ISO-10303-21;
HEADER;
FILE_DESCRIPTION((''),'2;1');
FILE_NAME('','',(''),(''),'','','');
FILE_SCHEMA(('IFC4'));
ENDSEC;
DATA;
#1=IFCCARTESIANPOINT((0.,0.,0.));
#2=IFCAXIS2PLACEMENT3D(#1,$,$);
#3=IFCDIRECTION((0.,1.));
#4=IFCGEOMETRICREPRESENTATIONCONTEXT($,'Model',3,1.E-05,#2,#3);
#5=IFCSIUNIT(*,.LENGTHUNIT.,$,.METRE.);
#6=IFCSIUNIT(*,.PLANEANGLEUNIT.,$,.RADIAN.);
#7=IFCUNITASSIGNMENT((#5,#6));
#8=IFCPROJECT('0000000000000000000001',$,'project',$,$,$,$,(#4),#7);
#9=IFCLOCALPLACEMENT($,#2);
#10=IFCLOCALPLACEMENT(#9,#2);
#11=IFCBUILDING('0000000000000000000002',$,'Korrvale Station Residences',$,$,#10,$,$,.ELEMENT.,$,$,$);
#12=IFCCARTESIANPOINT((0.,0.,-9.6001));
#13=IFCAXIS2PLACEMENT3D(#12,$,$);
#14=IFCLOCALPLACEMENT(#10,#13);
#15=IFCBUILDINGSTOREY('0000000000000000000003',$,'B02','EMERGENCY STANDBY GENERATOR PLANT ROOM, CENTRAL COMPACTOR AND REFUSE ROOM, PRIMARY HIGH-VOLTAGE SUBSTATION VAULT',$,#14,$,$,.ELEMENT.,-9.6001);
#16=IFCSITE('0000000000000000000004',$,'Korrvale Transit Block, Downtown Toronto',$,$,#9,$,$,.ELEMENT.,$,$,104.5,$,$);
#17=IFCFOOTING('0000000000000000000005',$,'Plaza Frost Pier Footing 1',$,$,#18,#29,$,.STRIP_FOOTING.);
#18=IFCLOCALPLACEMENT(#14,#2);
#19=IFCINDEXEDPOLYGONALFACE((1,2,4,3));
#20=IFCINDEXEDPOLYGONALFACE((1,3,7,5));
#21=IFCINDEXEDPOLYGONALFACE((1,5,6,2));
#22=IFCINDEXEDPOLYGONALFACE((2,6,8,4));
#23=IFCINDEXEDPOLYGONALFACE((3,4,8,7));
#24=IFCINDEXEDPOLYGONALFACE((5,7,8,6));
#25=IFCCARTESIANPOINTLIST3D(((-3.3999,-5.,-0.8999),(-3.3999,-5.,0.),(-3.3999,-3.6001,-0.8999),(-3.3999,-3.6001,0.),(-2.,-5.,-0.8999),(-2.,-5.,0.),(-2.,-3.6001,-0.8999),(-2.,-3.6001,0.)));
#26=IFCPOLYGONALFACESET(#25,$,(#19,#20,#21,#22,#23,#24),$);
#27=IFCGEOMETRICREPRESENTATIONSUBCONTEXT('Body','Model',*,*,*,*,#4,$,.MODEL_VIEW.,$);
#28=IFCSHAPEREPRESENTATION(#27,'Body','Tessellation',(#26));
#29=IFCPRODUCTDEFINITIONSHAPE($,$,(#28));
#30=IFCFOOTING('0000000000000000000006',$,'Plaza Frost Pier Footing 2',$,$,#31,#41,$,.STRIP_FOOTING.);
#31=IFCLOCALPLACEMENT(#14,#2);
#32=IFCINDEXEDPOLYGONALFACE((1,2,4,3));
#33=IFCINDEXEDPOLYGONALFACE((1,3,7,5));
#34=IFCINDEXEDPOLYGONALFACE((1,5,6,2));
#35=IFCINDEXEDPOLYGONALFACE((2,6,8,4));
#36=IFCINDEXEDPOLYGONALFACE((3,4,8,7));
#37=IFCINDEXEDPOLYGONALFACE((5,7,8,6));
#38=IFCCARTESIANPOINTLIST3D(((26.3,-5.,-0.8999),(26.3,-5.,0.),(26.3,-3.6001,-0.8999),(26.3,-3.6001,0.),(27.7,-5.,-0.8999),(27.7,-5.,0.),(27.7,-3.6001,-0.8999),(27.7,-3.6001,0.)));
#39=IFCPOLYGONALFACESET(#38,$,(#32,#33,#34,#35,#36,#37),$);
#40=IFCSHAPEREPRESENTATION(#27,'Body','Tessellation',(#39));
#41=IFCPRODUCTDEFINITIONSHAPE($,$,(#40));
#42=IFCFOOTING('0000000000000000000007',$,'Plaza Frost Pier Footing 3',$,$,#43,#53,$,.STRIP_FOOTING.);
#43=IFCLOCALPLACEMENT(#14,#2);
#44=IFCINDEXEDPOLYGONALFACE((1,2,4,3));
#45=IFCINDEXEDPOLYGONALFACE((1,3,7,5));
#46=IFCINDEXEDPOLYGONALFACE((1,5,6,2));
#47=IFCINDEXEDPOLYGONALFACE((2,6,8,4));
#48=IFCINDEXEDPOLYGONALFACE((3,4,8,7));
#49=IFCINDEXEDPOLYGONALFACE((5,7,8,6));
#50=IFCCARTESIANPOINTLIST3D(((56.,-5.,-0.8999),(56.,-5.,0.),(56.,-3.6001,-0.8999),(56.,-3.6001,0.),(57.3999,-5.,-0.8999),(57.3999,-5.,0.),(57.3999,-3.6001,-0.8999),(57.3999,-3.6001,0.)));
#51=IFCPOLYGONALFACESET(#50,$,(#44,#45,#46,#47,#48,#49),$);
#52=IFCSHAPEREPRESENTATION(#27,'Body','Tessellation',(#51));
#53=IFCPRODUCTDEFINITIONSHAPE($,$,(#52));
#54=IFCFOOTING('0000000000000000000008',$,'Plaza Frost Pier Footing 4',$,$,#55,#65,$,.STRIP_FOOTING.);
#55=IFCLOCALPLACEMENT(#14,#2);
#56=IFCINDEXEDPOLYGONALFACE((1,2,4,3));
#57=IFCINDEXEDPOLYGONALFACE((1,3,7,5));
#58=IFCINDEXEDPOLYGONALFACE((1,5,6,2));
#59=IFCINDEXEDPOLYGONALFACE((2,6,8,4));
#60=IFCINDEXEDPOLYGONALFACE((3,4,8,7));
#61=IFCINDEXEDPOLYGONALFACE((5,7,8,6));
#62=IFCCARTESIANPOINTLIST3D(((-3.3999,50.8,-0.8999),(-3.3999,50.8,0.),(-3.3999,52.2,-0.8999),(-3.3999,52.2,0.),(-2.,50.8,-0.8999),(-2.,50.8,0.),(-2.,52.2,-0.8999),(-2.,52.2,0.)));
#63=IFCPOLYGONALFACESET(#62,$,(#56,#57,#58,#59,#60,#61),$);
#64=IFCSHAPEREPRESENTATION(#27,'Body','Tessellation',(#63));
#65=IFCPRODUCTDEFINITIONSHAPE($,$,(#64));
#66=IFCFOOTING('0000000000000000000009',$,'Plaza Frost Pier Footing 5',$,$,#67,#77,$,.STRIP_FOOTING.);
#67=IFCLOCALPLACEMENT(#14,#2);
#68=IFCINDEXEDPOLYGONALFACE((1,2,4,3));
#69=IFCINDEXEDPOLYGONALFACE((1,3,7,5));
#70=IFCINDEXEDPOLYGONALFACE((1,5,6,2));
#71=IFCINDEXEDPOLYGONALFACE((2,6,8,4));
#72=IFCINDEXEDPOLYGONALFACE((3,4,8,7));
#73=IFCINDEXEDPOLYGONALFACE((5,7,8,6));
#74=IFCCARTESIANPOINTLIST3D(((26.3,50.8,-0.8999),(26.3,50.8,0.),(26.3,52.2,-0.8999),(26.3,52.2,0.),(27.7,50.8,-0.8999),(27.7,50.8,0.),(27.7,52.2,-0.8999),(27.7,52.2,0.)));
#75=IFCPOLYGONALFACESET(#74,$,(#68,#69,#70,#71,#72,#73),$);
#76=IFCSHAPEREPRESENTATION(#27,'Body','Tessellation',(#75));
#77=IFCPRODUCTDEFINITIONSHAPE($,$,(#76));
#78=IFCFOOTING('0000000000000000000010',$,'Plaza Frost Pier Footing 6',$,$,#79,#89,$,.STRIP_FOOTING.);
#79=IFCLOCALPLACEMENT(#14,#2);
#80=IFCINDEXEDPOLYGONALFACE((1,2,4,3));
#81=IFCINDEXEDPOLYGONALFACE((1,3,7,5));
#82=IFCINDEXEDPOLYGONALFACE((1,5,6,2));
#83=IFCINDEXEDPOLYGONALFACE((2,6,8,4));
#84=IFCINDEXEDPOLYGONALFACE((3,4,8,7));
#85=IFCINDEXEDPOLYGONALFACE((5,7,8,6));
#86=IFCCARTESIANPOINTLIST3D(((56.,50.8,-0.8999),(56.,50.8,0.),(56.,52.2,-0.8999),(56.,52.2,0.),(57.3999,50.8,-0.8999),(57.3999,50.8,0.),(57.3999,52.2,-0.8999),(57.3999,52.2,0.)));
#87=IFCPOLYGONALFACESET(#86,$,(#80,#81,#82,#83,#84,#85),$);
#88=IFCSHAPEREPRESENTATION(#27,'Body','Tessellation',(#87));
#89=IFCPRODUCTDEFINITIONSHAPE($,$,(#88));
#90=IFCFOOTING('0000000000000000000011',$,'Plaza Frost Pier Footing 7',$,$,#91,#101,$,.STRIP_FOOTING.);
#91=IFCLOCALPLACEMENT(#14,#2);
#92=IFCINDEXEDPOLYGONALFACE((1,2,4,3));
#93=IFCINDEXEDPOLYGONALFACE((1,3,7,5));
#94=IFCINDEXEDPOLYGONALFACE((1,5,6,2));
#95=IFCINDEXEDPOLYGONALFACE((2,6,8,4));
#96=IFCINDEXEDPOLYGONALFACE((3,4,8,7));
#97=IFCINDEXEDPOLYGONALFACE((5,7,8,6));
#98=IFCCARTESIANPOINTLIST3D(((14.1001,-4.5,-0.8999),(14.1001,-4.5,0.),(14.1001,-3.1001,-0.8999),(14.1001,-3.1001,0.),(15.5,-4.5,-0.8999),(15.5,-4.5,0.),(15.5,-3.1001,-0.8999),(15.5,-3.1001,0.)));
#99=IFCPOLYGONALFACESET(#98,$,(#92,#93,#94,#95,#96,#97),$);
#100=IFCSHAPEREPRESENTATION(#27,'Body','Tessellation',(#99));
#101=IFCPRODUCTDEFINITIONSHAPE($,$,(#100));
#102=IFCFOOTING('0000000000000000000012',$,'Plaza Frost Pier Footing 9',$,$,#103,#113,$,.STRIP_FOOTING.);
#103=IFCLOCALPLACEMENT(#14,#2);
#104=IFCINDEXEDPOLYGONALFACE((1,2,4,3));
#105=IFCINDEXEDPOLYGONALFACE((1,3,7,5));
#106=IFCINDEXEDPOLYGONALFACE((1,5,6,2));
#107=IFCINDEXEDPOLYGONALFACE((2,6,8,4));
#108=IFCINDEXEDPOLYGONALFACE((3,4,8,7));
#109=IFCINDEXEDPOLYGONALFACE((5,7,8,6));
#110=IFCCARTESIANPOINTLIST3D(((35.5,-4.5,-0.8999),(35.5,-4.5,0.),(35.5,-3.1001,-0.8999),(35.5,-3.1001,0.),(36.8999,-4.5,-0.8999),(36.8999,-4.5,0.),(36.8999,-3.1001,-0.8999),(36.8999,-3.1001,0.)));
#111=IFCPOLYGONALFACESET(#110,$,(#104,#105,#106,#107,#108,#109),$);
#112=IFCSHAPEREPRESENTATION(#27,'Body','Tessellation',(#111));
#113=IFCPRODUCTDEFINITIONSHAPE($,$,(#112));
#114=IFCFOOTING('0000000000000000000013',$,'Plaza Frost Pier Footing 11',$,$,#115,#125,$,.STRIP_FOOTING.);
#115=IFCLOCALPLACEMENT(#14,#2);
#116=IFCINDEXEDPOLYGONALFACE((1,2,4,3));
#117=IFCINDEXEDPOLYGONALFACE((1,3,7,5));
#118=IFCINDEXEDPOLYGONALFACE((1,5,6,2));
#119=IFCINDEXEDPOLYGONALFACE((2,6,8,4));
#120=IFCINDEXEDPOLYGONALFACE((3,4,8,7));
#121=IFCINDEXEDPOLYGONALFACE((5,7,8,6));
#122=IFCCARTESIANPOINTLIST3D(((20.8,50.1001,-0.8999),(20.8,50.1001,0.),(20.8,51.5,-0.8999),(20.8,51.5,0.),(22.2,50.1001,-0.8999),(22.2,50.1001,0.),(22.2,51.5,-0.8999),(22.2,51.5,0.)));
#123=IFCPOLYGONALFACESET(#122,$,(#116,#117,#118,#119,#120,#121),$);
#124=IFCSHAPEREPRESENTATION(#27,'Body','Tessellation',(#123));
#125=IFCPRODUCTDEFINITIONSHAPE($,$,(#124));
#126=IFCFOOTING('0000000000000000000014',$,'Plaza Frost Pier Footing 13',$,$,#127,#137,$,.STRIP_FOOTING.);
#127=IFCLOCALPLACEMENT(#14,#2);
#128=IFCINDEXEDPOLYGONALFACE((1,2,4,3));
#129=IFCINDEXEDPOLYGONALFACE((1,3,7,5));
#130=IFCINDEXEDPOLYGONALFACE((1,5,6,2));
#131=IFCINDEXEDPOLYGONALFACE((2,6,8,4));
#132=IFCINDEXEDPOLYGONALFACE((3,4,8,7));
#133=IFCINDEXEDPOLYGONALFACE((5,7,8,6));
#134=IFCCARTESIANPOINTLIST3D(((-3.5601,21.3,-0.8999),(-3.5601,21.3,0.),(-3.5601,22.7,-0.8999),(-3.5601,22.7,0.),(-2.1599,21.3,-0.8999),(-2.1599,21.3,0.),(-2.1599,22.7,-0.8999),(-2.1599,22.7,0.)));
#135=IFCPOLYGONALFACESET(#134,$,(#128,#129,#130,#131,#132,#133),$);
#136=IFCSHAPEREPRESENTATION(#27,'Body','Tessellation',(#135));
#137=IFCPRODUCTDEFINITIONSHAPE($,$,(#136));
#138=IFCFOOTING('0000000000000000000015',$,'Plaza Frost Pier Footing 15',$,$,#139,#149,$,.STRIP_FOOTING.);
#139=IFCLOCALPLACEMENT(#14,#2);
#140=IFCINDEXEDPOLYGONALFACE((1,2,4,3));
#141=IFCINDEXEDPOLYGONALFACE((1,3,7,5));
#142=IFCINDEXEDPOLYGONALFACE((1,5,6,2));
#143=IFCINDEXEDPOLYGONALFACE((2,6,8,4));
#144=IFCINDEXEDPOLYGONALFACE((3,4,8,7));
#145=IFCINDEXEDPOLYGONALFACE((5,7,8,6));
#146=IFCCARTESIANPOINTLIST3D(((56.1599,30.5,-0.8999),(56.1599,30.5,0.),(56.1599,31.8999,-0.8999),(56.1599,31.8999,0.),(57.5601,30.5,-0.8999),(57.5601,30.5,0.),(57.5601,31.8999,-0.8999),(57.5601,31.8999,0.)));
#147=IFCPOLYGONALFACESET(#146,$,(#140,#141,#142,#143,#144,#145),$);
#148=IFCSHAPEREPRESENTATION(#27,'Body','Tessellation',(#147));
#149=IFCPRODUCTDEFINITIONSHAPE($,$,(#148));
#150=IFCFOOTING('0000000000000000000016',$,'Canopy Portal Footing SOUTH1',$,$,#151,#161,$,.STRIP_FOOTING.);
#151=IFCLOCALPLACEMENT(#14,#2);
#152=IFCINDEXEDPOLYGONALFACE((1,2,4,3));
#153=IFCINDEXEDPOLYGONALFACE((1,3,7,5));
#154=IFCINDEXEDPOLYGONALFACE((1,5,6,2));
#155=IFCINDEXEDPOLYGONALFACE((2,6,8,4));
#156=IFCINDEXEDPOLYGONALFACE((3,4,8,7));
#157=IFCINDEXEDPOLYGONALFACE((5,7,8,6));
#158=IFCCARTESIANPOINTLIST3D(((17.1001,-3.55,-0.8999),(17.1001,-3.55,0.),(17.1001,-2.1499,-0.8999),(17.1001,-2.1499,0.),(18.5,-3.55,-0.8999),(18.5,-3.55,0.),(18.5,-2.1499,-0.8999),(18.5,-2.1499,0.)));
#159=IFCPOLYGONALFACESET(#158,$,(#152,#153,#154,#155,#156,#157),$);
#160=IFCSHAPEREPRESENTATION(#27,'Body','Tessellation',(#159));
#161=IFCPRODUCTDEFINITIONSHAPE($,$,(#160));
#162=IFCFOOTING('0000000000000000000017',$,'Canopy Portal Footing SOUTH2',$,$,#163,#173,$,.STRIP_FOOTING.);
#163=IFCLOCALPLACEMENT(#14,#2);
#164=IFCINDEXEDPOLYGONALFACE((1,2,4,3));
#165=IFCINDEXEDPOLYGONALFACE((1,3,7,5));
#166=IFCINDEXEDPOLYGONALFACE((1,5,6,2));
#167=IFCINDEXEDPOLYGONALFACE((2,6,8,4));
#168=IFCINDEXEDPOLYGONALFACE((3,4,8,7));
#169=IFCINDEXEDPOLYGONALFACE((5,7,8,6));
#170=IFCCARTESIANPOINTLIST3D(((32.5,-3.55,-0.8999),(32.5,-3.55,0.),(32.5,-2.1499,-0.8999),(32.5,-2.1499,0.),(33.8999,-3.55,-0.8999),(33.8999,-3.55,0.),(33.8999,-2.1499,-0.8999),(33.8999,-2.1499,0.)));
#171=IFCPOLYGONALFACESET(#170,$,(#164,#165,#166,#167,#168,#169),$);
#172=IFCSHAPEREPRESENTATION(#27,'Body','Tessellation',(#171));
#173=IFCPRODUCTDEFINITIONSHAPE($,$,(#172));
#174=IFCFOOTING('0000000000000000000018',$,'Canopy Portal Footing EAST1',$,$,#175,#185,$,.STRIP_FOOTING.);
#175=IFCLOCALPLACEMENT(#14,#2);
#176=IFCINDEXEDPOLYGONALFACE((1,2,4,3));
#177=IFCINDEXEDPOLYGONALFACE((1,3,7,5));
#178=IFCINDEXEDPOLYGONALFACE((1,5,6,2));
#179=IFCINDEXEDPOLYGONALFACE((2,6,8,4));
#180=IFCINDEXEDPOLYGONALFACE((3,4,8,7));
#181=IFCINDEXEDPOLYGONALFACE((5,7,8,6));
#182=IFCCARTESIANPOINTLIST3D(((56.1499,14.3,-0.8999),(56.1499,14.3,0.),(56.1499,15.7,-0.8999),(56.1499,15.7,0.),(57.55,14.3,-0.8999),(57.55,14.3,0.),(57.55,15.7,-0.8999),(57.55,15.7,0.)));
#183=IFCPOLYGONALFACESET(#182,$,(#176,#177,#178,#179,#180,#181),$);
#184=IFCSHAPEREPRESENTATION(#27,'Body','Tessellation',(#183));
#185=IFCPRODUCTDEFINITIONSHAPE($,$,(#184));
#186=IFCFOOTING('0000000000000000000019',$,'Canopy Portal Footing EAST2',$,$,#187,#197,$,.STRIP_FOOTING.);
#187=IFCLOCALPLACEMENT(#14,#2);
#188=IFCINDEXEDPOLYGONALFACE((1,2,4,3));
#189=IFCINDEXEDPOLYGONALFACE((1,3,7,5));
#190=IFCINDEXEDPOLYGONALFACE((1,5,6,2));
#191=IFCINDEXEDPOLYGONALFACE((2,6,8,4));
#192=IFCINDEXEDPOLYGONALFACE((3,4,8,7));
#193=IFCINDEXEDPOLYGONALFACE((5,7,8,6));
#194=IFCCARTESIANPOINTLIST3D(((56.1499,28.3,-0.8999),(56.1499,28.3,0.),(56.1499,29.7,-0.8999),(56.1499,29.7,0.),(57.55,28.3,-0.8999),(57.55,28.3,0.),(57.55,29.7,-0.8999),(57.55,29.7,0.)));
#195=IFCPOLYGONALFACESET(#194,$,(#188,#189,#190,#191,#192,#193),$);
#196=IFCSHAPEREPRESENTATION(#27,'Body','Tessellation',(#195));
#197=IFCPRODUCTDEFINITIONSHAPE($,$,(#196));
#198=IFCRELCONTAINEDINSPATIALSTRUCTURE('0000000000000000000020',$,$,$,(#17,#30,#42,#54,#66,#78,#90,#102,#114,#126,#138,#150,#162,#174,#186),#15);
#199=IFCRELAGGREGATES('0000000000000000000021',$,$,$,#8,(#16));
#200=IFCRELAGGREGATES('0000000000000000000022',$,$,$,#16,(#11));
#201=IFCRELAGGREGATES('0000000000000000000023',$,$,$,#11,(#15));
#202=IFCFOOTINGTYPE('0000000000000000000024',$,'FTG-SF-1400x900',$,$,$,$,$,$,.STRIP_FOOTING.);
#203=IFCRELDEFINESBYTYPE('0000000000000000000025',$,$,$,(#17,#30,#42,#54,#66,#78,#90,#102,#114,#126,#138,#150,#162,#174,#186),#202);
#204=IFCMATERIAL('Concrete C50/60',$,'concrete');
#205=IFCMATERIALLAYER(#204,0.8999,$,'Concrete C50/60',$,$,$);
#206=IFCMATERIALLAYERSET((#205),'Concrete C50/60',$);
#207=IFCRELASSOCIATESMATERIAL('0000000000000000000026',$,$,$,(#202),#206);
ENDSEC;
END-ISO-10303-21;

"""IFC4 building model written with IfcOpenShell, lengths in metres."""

from ifc_helpers import new_model, si_unit, direction, frame, origin, place, context, subcontext, project, spatial, polyline, outline, extrude, material, layer, layer_set, type_object, element, save


model = new_model("IFC4")

# Units and contexts
model_context = context("Model", 3, precision=1e-05, world=origin(), true_north=direction((0.0, 1.0)))
body_context = subcontext(model_context, "Body", "Model", "MODEL_VIEW")
ifc_project = project(units=[si_unit("LENGTHUNIT", "METRE"), si_unit("PLANEANGLEUNIT", "RADIAN")], contexts=[model_context])

# Site, building, storey
site_placement = place(None, origin())
site = spatial("IfcSite", under=ifc_project, at=site_placement, Name="Korrvale Transit Block, Downtown Toronto", CompositionType="ELEMENT", RefElevation=104.5)
building_placement = place(site_placement, origin())
building = spatial("IfcBuilding", under=site, at=building_placement, Name="Korrvale Station Residences", CompositionType="ELEMENT")
storey_placement = place(building_placement, frame((0.0, 0.0, -9.6001)))
storey = spatial("IfcBuildingStorey", under=building, at=storey_placement, Name="B02", Description="EMERGENCY STANDBY GENERATOR PLANT ROOM, CENTRAL COMPACTOR AND REFUSE ROOM, PRIMARY HIGH-VOLTAGE SUBSTATION VAULT", CompositionType="ELEMENT", Elevation=-9.6001)

# Footings
ifc_material_1 = material(Name="Concrete C50/60", Category="concrete")
ifc_layer_1 = layer(ifc_material_1, 0.8999, Name="Concrete C50/60")
ifc_layer_set_1 = layer_set([ifc_layer_1], Name="Concrete C50/60")
footing_type = type_object("IfcFootingType", Name="FTG-SF-1400x900", PredefinedType="STRIP_FOOTING", material=ifc_layer_set_1)
footing_1_placement = place(storey_placement, frame((0.0, 0.0, -0.8999)))
element("IfcFooting", 1, at=footing_1_placement, inside=storey, type_object=footing_type, Name="Plaza Frost Pier Footing 1", PredefinedType="STRIP_FOOTING", context=body_context, shape_type="SweptSolid", body=[
    extrude(outline(polyline([(-3.3999, -5.0), (-2.0, -5.0), (-2.0, -3.6001), (-3.3999, -3.6001), (-3.3999, -5.0)])), origin(), (0.0, 0.0, 1.0), 0.8999),
])
footing_2_placement = place(storey_placement, frame((0.0, 0.0, -0.8999)))
element("IfcFooting", 2, at=footing_2_placement, inside=storey, type_object=footing_type, Name="Plaza Frost Pier Footing 2", PredefinedType="STRIP_FOOTING", context=body_context, shape_type="SweptSolid", body=[
    extrude(outline(polyline([(26.3, -5.0), (27.7, -5.0), (27.7, -3.6001), (26.3, -3.6001), (26.3, -5.0)])), origin(), (0.0, 0.0, 1.0), 0.8999),
])
footing_3_placement = place(storey_placement, frame((0.0, 0.0, -0.8999)))
element("IfcFooting", 3, at=footing_3_placement, inside=storey, type_object=footing_type, Name="Plaza Frost Pier Footing 3", PredefinedType="STRIP_FOOTING", context=body_context, shape_type="SweptSolid", body=[
    extrude(outline(polyline([(56.0, -5.0), (57.3999, -5.0), (57.3999, -3.6001), (56.0, -3.6001), (56.0, -5.0)])), origin(), (0.0, 0.0, 1.0), 0.8999),
])
footing_4_placement = place(storey_placement, frame((0.0, 0.0, -0.8999)))
element("IfcFooting", 4, at=footing_4_placement, inside=storey, type_object=footing_type, Name="Plaza Frost Pier Footing 4", PredefinedType="STRIP_FOOTING", context=body_context, shape_type="SweptSolid", body=[
    extrude(outline(polyline([(-3.3999, 50.8), (-2.0, 50.8), (-2.0, 52.2), (-3.3999, 52.2), (-3.3999, 50.8)])), origin(), (0.0, 0.0, 1.0), 0.8999),
])
footing_5_placement = place(storey_placement, frame((0.0, 0.0, -0.8999)))
element("IfcFooting", 5, at=footing_5_placement, inside=storey, type_object=footing_type, Name="Plaza Frost Pier Footing 5", PredefinedType="STRIP_FOOTING", context=body_context, shape_type="SweptSolid", body=[
    extrude(outline(polyline([(26.3, 50.8), (27.7, 50.8), (27.7, 52.2), (26.3, 52.2), (26.3, 50.8)])), origin(), (0.0, 0.0, 1.0), 0.8999),
])
footing_6_placement = place(storey_placement, frame((0.0, 0.0, -0.8999)))
element("IfcFooting", 6, at=footing_6_placement, inside=storey, type_object=footing_type, Name="Plaza Frost Pier Footing 6", PredefinedType="STRIP_FOOTING", context=body_context, shape_type="SweptSolid", body=[
    extrude(outline(polyline([(56.0, 50.8), (57.3999, 50.8), (57.3999, 52.2), (56.0, 52.2), (56.0, 50.8)])), origin(), (0.0, 0.0, 1.0), 0.8999),
])
footing_7_placement = place(storey_placement, frame((0.0, 0.0, -0.8999)))
element("IfcFooting", 7, at=footing_7_placement, inside=storey, type_object=footing_type, Name="Plaza Frost Pier Footing 7", PredefinedType="STRIP_FOOTING", context=body_context, shape_type="SweptSolid", body=[
    extrude(outline(polyline([(14.1001, -4.5), (15.5, -4.5), (15.5, -3.1001), (14.1001, -3.1001), (14.1001, -4.5)])), origin(), (0.0, 0.0, 1.0), 0.8999),
])
footing_8_placement = place(storey_placement, frame((0.0, 0.0, -0.8999)))
element("IfcFooting", 8, at=footing_8_placement, inside=storey, type_object=footing_type, Name="Plaza Frost Pier Footing 9", PredefinedType="STRIP_FOOTING", context=body_context, shape_type="SweptSolid", body=[
    extrude(outline(polyline([(35.5, -4.5), (36.8999, -4.5), (36.8999, -3.1001), (35.5, -3.1001), (35.5, -4.5)])), origin(), (0.0, 0.0, 1.0), 0.8999),
])
footing_9_placement = place(storey_placement, frame((0.0, 0.0, -0.8999)))
element("IfcFooting", 9, at=footing_9_placement, inside=storey, type_object=footing_type, Name="Plaza Frost Pier Footing 11", PredefinedType="STRIP_FOOTING", context=body_context, shape_type="SweptSolid", body=[
    extrude(outline(polyline([(20.8, 50.1001), (22.2, 50.1001), (22.2, 51.5), (20.8, 51.5), (20.8, 50.1001)])), origin(), (0.0, 0.0, 1.0), 0.8999),
])
footing_10_placement = place(storey_placement, frame((0.0, 0.0, -0.8999)))
element("IfcFooting", 10, at=footing_10_placement, inside=storey, type_object=footing_type, Name="Plaza Frost Pier Footing 13", PredefinedType="STRIP_FOOTING", context=body_context, shape_type="SweptSolid", body=[
    extrude(outline(polyline([(-3.5601, 21.3), (-2.1599, 21.3), (-2.1599, 22.7), (-3.5601, 22.7), (-3.5601, 21.3)])), origin(), (0.0, 0.0, 1.0), 0.8999),
])
footing_11_placement = place(storey_placement, frame((0.0, 0.0, -0.8999)))
element("IfcFooting", 11, at=footing_11_placement, inside=storey, type_object=footing_type, Name="Plaza Frost Pier Footing 15", PredefinedType="STRIP_FOOTING", context=body_context, shape_type="SweptSolid", body=[
    extrude(outline(polyline([(56.1599, 30.5), (57.5601, 30.5), (57.5601, 31.8999), (56.1599, 31.8999), (56.1599, 30.5)])), origin(), (0.0, 0.0, 1.0), 0.8999),
])
footing_12_placement = place(storey_placement, frame((0.0, 0.0, -0.8999)))
element("IfcFooting", 12, at=footing_12_placement, inside=storey, type_object=footing_type, Name="Canopy Portal Footing SOUTH1", PredefinedType="STRIP_FOOTING", context=body_context, shape_type="SweptSolid", body=[
    extrude(outline(polyline([(17.1001, -3.55), (18.5, -3.55), (18.5, -2.1499), (17.1001, -2.1499), (17.1001, -3.55)])), origin(), (0.0, 0.0, 1.0), 0.8999),
])
footing_13_placement = place(storey_placement, frame((0.0, 0.0, -0.8999)))
element("IfcFooting", 13, at=footing_13_placement, inside=storey, type_object=footing_type, Name="Canopy Portal Footing SOUTH2", PredefinedType="STRIP_FOOTING", context=body_context, shape_type="SweptSolid", body=[
    extrude(outline(polyline([(32.5, -3.55), (33.8999, -3.55), (33.8999, -2.1499), (32.5, -2.1499), (32.5, -3.55)])), origin(), (0.0, 0.0, 1.0), 0.8999),
])
footing_14_placement = place(storey_placement, frame((0.0, 0.0, -0.8999)))
element("IfcFooting", 14, at=footing_14_placement, inside=storey, type_object=footing_type, Name="Canopy Portal Footing EAST1", PredefinedType="STRIP_FOOTING", context=body_context, shape_type="SweptSolid", body=[
    extrude(outline(polyline([(56.1499, 14.3), (57.55, 14.3), (57.55, 15.7), (56.1499, 15.7), (56.1499, 14.3)])), origin(), (0.0, 0.0, 1.0), 0.8999),
])
footing_15_placement = place(storey_placement, frame((0.0, 0.0, -0.8999)))
element("IfcFooting", 15, at=footing_15_placement, inside=storey, type_object=footing_type, Name="Canopy Portal Footing EAST2", PredefinedType="STRIP_FOOTING", context=body_context, shape_type="SweptSolid", body=[
    extrude(outline(polyline([(56.1499, 28.3), (57.55, 28.3), (57.55, 29.7), (56.1499, 29.7), (56.1499, 28.3)])), origin(), (0.0, 0.0, 1.0), 0.8999),
])

save(model, "model.ifc")
